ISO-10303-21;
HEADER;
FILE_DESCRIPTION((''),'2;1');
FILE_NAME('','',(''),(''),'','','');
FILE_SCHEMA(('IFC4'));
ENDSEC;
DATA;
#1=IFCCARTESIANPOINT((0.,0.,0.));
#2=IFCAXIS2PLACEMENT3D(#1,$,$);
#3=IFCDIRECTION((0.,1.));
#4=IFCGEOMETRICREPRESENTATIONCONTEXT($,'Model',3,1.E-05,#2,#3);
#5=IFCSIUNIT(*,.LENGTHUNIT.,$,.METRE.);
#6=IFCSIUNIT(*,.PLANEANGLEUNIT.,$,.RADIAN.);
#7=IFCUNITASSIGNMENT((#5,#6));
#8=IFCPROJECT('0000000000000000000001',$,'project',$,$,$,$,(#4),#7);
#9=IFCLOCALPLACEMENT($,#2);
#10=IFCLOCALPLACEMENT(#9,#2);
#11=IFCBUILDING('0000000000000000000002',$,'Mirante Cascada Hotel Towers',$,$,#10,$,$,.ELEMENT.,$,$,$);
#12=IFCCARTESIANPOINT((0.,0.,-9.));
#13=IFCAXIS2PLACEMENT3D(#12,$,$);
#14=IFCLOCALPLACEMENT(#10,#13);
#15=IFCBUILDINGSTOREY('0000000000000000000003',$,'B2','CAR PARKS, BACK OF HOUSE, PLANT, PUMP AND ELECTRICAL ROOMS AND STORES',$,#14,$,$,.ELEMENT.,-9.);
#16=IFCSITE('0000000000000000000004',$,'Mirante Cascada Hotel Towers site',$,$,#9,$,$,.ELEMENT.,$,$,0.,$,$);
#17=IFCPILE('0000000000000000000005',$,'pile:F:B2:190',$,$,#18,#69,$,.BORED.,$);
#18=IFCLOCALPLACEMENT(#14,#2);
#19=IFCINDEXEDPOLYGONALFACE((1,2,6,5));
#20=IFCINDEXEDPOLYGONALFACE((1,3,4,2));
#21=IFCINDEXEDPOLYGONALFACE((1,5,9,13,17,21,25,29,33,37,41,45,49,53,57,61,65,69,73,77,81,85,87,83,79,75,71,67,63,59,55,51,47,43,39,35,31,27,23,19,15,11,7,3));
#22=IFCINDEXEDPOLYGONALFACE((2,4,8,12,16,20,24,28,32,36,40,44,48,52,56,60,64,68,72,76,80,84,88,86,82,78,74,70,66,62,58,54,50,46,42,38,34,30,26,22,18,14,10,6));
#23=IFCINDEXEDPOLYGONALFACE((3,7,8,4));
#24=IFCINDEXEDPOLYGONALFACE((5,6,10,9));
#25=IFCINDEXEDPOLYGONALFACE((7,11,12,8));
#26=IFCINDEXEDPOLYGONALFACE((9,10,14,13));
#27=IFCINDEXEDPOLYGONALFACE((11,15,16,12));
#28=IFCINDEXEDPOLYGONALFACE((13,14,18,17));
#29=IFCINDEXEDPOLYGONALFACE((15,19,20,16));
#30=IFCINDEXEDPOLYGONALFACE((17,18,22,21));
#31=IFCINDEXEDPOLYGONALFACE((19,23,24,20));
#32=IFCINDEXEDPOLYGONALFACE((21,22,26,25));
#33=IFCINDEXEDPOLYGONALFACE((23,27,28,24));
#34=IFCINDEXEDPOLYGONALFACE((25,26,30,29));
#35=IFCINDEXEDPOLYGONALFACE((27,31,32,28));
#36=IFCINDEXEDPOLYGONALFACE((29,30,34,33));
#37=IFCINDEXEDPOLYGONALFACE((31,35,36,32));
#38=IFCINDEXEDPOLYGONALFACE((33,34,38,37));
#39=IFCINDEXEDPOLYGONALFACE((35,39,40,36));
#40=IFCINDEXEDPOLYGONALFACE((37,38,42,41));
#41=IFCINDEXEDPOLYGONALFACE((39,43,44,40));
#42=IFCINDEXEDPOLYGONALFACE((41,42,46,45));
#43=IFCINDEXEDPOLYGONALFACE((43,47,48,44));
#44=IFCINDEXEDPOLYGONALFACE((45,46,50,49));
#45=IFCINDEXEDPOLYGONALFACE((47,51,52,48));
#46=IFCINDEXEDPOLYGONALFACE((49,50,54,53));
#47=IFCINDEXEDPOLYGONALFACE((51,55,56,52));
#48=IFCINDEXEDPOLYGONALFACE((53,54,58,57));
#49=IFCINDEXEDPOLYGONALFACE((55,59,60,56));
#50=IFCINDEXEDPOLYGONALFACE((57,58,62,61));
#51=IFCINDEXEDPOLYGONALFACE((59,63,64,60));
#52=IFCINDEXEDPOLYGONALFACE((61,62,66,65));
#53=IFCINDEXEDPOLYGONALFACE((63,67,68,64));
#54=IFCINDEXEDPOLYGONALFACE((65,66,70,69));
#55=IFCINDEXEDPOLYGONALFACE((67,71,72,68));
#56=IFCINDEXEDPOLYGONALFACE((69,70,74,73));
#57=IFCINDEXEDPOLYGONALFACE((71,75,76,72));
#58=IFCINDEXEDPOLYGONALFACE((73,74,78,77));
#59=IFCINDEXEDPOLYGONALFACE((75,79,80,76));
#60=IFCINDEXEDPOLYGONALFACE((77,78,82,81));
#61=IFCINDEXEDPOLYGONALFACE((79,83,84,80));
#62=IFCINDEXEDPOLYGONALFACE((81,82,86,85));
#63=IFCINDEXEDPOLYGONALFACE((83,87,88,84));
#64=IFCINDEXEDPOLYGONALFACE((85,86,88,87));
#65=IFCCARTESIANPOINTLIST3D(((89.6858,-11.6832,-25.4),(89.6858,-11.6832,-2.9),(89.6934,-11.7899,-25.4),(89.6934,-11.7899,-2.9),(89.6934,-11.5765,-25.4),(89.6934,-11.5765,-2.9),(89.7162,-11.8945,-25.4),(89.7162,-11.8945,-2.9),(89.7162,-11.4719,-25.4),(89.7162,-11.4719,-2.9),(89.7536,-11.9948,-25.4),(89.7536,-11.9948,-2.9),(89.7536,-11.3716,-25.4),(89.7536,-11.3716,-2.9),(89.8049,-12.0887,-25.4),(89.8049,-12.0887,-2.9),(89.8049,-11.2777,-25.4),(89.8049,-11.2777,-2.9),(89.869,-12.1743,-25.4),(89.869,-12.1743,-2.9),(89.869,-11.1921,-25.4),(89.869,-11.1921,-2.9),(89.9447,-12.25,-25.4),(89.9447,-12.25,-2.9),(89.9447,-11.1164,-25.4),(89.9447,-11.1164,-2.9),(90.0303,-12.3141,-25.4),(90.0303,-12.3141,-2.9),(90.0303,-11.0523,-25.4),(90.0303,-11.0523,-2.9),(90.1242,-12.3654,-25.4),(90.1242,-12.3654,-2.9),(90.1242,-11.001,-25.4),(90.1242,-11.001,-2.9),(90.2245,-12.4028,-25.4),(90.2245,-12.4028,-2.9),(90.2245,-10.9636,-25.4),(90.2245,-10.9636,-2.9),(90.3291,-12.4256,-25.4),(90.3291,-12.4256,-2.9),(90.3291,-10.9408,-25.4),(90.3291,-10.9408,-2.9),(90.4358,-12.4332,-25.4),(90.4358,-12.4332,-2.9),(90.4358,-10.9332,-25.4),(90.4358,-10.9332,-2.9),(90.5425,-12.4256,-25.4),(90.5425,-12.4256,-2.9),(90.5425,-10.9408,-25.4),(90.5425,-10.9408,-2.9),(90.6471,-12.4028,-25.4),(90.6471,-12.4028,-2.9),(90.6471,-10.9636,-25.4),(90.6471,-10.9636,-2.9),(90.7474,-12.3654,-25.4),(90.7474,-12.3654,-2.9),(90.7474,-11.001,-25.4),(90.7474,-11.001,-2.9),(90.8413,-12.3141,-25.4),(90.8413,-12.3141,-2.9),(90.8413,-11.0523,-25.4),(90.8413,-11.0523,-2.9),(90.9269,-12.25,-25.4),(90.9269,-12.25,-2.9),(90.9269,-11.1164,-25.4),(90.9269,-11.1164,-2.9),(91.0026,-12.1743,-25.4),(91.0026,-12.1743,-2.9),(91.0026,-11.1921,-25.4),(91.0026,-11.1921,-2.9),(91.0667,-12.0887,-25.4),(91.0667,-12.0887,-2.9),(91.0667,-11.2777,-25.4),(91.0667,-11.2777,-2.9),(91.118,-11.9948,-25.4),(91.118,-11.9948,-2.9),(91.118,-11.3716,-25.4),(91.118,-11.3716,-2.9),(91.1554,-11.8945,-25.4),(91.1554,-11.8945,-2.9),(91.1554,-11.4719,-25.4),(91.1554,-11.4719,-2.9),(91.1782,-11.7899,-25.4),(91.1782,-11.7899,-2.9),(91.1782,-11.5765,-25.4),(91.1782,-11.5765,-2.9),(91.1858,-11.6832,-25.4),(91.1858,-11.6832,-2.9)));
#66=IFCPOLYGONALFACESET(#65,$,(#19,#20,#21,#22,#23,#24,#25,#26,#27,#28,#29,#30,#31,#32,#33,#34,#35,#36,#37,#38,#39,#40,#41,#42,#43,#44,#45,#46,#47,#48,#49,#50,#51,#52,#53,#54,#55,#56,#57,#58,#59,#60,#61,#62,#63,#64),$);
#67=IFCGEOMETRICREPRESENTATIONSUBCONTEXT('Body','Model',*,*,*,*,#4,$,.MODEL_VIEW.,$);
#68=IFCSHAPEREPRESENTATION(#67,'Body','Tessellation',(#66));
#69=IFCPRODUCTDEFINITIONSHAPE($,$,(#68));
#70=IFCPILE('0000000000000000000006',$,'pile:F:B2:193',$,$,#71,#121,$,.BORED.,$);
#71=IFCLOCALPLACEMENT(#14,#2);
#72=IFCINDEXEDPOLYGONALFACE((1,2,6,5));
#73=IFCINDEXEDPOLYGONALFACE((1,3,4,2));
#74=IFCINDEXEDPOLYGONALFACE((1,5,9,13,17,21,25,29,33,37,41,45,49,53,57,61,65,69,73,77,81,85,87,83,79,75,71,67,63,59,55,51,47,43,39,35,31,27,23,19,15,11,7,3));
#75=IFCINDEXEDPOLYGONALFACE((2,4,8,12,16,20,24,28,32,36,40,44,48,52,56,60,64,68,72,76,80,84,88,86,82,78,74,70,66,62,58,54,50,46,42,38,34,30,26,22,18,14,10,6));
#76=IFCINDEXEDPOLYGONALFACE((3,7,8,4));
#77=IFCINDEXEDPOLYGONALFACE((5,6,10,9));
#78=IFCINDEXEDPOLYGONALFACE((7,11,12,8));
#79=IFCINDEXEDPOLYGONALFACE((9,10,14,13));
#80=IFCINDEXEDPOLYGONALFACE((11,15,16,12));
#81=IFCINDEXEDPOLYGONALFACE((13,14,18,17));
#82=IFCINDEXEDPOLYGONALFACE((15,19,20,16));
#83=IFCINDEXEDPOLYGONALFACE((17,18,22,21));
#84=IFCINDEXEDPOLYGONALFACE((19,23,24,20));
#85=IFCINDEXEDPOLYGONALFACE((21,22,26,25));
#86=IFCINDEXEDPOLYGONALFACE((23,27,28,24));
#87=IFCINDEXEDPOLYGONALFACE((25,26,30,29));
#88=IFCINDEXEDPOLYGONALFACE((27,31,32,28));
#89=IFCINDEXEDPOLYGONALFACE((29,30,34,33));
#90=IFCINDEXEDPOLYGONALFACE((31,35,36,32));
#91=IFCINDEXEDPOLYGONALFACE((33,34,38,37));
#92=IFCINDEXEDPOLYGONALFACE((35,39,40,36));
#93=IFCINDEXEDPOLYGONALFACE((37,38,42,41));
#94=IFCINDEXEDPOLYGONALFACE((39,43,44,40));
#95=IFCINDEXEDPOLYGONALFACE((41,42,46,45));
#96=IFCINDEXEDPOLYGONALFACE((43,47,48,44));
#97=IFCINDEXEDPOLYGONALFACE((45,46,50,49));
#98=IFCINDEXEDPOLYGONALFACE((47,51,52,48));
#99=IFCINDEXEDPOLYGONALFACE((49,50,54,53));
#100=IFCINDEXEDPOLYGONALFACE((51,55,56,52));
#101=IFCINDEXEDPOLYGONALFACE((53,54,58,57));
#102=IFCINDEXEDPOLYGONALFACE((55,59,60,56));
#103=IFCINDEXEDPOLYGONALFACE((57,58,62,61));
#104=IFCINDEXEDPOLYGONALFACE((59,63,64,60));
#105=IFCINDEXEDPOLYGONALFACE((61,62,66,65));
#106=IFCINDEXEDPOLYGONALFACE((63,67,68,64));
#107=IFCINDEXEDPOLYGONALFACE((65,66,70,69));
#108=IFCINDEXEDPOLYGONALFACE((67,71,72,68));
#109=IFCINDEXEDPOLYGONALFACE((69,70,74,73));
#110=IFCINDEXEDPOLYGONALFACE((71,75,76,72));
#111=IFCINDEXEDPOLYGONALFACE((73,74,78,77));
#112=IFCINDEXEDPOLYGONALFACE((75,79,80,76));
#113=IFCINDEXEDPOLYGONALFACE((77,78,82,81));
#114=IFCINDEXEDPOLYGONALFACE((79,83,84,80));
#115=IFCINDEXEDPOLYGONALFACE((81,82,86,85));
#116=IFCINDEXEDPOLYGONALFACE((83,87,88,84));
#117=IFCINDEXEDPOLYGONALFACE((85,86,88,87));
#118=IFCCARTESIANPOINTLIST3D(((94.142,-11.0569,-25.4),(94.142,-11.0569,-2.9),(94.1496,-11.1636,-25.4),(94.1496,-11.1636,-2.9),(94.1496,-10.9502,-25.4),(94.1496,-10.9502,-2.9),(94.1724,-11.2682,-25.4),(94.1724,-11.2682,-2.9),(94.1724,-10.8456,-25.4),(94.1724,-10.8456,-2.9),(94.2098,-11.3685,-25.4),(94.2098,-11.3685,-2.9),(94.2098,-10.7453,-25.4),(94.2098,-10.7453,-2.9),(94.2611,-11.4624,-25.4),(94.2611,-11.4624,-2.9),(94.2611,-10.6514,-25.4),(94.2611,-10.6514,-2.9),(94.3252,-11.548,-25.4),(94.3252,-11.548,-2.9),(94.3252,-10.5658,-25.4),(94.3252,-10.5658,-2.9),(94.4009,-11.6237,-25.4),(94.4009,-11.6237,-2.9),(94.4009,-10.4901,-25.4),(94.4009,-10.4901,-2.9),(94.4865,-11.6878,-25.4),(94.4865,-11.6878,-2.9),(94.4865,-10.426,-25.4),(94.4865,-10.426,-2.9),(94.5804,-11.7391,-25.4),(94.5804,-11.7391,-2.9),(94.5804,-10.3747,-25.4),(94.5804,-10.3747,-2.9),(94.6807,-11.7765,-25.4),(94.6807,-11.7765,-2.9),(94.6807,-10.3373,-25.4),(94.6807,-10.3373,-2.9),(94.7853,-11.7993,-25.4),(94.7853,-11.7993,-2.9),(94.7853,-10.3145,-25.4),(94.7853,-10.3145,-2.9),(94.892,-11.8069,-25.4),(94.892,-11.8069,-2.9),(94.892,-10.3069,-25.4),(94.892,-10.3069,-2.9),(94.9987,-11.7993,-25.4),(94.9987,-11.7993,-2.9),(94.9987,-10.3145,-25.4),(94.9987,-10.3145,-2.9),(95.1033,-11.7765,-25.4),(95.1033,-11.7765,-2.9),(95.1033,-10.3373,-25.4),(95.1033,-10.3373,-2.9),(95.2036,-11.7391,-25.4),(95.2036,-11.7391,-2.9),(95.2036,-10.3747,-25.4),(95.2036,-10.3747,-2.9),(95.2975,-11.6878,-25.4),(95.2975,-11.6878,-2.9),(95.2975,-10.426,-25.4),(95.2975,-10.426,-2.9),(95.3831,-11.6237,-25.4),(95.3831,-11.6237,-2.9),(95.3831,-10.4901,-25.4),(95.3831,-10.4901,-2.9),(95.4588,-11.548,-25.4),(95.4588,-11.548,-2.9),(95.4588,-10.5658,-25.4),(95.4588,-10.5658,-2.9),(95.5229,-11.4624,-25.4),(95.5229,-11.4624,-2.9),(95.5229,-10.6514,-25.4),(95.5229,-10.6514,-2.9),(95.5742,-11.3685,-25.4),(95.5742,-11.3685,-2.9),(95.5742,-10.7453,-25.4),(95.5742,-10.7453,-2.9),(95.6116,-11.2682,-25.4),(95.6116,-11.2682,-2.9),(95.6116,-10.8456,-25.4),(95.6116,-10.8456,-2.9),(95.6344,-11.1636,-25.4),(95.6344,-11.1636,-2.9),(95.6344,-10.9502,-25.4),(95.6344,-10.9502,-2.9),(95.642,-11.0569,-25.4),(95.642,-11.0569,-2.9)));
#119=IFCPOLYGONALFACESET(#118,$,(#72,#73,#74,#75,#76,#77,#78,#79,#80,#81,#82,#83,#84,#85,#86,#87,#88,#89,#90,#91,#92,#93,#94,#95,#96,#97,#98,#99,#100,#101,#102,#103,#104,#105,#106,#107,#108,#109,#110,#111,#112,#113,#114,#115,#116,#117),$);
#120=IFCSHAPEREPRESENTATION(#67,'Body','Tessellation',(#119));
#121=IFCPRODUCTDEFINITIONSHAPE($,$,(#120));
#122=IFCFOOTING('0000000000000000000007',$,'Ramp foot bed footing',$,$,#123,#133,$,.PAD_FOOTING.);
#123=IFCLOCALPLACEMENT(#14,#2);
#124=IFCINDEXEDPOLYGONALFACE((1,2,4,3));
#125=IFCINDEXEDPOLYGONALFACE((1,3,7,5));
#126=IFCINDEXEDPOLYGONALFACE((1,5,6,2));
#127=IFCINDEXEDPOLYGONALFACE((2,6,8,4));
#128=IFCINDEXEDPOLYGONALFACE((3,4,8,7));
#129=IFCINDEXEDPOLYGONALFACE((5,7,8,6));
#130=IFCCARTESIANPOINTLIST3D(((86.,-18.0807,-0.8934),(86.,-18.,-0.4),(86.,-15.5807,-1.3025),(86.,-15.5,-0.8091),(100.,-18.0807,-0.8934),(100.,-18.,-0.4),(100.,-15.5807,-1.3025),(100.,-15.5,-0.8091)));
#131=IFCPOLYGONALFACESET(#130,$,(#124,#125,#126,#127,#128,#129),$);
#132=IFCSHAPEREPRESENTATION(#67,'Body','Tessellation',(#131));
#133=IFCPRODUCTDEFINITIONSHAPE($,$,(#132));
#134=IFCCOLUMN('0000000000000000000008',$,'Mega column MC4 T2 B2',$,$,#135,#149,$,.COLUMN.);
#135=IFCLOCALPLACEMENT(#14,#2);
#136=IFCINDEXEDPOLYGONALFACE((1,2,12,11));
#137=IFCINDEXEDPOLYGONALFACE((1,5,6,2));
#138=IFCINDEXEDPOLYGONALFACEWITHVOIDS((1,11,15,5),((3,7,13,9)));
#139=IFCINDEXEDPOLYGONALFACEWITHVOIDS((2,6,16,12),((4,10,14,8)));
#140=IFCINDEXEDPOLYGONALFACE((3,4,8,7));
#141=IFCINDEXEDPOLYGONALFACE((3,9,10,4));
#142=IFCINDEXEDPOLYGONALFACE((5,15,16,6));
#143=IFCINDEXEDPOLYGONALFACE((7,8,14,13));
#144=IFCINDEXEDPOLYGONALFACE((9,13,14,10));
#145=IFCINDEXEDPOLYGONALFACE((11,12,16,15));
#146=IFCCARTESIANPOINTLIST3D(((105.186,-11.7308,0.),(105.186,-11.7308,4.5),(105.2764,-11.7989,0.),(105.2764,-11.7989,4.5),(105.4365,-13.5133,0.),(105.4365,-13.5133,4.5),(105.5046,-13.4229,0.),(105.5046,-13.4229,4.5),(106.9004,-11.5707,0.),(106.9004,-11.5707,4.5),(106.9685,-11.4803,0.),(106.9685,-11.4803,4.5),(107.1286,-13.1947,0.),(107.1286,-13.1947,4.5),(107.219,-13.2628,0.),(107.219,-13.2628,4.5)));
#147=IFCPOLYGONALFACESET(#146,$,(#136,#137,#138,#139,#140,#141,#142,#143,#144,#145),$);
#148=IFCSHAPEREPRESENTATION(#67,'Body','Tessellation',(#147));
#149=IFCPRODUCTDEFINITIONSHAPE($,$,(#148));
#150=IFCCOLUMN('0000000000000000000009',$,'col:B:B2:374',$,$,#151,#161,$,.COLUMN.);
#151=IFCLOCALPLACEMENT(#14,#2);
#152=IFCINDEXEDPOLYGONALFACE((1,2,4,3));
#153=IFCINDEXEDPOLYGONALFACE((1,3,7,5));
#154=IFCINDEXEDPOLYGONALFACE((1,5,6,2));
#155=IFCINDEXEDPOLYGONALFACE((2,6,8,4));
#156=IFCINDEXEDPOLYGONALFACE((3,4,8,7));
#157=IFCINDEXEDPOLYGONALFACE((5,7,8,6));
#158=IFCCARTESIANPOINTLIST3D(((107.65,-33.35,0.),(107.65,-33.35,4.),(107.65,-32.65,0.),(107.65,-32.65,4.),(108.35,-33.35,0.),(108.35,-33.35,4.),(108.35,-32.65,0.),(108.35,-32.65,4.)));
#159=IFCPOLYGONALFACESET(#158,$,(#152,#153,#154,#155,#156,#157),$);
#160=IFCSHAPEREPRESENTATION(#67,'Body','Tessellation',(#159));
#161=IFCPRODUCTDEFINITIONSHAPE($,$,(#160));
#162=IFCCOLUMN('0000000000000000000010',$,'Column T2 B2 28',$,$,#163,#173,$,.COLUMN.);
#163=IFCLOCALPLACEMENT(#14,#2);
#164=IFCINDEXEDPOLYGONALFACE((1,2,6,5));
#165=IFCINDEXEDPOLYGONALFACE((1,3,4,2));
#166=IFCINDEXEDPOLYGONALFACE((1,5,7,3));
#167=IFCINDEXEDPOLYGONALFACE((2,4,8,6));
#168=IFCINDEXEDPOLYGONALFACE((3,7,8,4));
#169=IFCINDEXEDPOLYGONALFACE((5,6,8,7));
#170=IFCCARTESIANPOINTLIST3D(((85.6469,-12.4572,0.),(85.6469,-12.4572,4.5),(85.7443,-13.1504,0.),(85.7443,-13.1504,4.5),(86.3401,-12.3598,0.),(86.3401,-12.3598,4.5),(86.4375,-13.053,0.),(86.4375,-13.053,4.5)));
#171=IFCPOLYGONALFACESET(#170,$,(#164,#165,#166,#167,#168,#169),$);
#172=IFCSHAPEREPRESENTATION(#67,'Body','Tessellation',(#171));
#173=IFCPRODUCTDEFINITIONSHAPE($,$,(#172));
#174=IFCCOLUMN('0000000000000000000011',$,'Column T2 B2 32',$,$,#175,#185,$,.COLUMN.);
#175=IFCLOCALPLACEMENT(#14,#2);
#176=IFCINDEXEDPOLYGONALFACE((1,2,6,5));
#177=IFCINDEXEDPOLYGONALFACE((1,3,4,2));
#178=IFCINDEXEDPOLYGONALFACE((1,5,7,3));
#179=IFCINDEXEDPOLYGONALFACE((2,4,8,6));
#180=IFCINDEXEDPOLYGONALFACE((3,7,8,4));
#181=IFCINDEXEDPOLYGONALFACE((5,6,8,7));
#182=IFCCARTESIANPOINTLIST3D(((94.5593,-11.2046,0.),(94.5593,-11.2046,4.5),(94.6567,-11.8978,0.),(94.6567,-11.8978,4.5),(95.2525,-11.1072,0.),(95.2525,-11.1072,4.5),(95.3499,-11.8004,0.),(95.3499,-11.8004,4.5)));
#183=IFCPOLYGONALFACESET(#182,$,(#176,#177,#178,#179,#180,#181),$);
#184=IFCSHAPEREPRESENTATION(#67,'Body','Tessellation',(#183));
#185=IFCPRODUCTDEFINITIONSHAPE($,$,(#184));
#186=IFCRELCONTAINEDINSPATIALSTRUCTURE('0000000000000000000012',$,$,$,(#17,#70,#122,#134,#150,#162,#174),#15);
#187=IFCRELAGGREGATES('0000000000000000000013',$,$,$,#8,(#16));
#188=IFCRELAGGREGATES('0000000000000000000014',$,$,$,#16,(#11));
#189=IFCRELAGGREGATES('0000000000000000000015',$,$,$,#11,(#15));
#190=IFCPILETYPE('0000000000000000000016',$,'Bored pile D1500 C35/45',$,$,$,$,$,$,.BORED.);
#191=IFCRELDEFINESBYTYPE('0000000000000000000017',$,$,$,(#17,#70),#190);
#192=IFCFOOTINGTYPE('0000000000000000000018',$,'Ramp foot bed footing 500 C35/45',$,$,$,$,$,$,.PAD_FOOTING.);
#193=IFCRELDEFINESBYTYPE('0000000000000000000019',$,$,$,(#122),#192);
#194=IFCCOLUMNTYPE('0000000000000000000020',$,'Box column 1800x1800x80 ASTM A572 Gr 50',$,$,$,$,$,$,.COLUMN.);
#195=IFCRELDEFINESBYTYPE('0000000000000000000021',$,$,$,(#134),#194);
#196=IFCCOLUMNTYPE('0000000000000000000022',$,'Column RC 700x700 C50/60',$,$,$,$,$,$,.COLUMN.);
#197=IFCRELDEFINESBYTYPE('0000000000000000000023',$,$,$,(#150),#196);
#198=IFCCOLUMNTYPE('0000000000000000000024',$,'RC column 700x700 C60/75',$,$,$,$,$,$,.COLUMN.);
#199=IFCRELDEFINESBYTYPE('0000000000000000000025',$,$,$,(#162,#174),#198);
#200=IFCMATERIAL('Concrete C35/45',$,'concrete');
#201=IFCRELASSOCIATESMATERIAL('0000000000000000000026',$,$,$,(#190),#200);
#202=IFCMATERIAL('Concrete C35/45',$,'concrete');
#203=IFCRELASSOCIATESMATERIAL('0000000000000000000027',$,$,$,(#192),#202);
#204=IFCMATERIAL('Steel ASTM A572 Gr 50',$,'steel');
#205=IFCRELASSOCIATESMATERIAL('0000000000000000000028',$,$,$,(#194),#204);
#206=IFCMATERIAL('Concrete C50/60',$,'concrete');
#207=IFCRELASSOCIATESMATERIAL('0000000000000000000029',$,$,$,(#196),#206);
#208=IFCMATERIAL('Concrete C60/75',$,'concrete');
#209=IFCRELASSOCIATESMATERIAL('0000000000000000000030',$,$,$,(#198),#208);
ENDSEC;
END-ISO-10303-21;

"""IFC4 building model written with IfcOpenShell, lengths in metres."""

from ifc_helpers import new_model, si_unit, direction, frame, origin, origin_2d, place, context, subcontext, project, spatial, polyline, rectangle, hollow_rectangle, circle, outline, extrude, material, material_profile, profile_set, type_object, element, save


model = new_model("IFC4")

# Units and contexts
model_context = context("Model", 3, precision=1e-05, world=origin(), true_north=direction((0.0, 1.0)))
body_context = subcontext(model_context, "Body", "Model", "MODEL_VIEW")
ifc_project = project(units=[si_unit("LENGTHUNIT", "METRE"), si_unit("PLANEANGLEUNIT", "RADIAN")], contexts=[model_context])

# Site, building, storey
site_placement = place(None, origin())
site = spatial("IfcSite", under=ifc_project, at=site_placement, Name="Mirante Cascada Hotel Towers site", CompositionType="ELEMENT", RefElevation=0.0)
building_placement = place(site_placement, origin())
building = spatial("IfcBuilding", under=site, at=building_placement, Name="Mirante Cascada Hotel Towers", CompositionType="ELEMENT")
storey_placement = place(building_placement, frame((0.0, 0.0, -9.0)))
storey = spatial("IfcBuildingStorey", under=building, at=storey_placement, Name="B2", Description="CAR PARKS, BACK OF HOUSE, PLANT, PUMP AND ELECTRICAL ROOMS AND STORES", CompositionType="ELEMENT", Elevation=-9.0)

# Piles
ifc_material_1 = material(Name="Concrete C35/45", Category="concrete")
ifc_material_profile_1 = material_profile(ifc_material_1, circle(Radius=0.75, at=origin_2d()), Name="RC D1500")
ifc_profile_set_1 = profile_set([ifc_material_profile_1], Name="Concrete C35/45")
pile_type = type_object("IfcPileType", Name="Bored pile D1500 C35/45", PredefinedType="BORED", material=ifc_profile_set_1)
for number, where, z_axis, x_axis, name in (
    (1, (90.4358, -11.6832, -2.9), (0.0, 0.0, -1.0), (1.0, 0.0, 0.0), "pile:F:B2:190"),
    (2, (94.892, -11.0569, -2.9), (0.0, 0.0, -1.0), (1.0, 0.0, 0.0), "pile:F:B2:193"),
):
    element("IfcPile", number, at=place(storey_placement, frame(where, z_axis=z_axis, x_axis=x_axis)), inside=storey, type_object=pile_type, Name=name, PredefinedType="BORED", context=body_context, shape_type="SweptSolid", body=[
        extrude(circle(Radius=0.75, at=origin_2d()), origin(), (0.0, 0.0, 1.0), 22.5),
    ])

# Footing
ifc_material_2 = material(Name="Concrete C35/45", Category="concrete")
footing_type = type_object("IfcFootingType", Name="Ramp foot bed footing 500 C35/45", PredefinedType="PAD_FOOTING", material=ifc_material_2)
footing_placement = place(storey_placement, frame((86.0, -18.0, -0.4), z_axis=(0.0, 0.161492, 0.986874), x_axis=(1.0, 0.0, 0.0)))
element("IfcFooting", 3, at=footing_placement, inside=storey, type_object=footing_type, Name="Ramp foot bed footing", PredefinedType="PAD_FOOTING", context=body_context, shape_type="SweptSolid", body=[
    extrude(outline(polyline([(0.0, 0.0), (14.0, 0.0), (14.0, 2.5333), (0.0, 2.5333), (0.0, 0.0)])), origin(), (0.0, 0.0, -1.0), 0.5),
])

# Columns
ifc_material_3 = material(Name="Steel ASTM A572 Gr 50", Category="steel")
ifc_material_profile_2 = material_profile(ifc_material_3, hollow_rectangle(XDim=1.8, YDim=1.8, WallThickness=0.08, at=origin_2d()), Name="Box column 1800x1800x80 ASTM A572 Gr 50")
ifc_profile_set_2 = profile_set([ifc_material_profile_2], Name="Steel ASTM A572 Gr 50")
column_type_1 = type_object("IfcColumnType", Name="Box column 1800x1800x80 ASTM A572 Gr 50", PredefinedType="COLUMN", material=ifc_profile_set_2)
column_1_placement = place(storey_placement, frame((106.2025, -12.4968, 0.0), z_axis=(0.0, 0.0, 1.0), x_axis=(0.990268, 0.139173, 0.0)))
element("IfcColumn", 4, at=column_1_placement, inside=storey, type_object=column_type_1, Name="Mega column MC4 T2 B2", PredefinedType="COLUMN", context=body_context, shape_type="SweptSolid", body=[
    extrude(hollow_rectangle(XDim=1.8, YDim=1.8, WallThickness=0.08, at=origin_2d()), origin(), (0.0, 0.0, 1.0), 4.5),
])
ifc_material_4 = material(Name="Concrete C50/60", Category="concrete")
ifc_material_profile_3 = material_profile(ifc_material_4, rectangle(XDim=0.7, YDim=0.7, at=origin_2d()), Name="RC 700x700")
ifc_profile_set_3 = profile_set([ifc_material_profile_3], Name="Concrete C50/60")
column_type_2 = type_object("IfcColumnType", Name="Column RC 700x700 C50/60", PredefinedType="COLUMN", material=ifc_profile_set_3)
column_2_placement = place(storey_placement, frame((108.0, -33.0, 0.0), z_axis=(0.0, 0.0, 1.0), x_axis=(1.0, 0.0, 0.0)))
element("IfcColumn", 5, at=column_2_placement, inside=storey, type_object=column_type_2, Name="col:B:B2:374", PredefinedType="COLUMN", context=body_context, shape_type="SweptSolid", body=[
    extrude(rectangle(XDim=0.7, YDim=0.7, at=origin_2d()), origin(), (0.0, 0.0, 1.0), 4.0),
])
ifc_material_5 = material(Name="Concrete C60/75", Category="concrete")
ifc_material_profile_4 = material_profile(ifc_material_5, rectangle(XDim=0.7, YDim=0.7, at=origin_2d()), Name="RC column 700x700 C60/75")
ifc_profile_set_4 = profile_set([ifc_material_profile_4], Name="Concrete C60/75")
column_type_3 = type_object("IfcColumnType", Name="RC column 700x700 C60/75", PredefinedType="COLUMN", material=ifc_profile_set_4)
for number, where, z_axis, x_axis, name in (
    (6, (86.0422, -12.7551, 0.0), (0.0, 0.0, 1.0), (0.990268, 0.139173, 0.0), "Column T2 B2 28"),
    (7, (94.9546, -11.5025, 0.0), (0.0, 0.0, 1.0), (0.990268, 0.139173, 0.0), "Column T2 B2 32"),
):
    element("IfcColumn", number, at=place(storey_placement, frame(where, z_axis=z_axis, x_axis=x_axis)), inside=storey, type_object=column_type_3, Name=name, PredefinedType="COLUMN", context=body_context, shape_type="SweptSolid", body=[
        extrude(rectangle(XDim=0.7, YDim=0.7, at=origin_2d()), origin(), (0.0, 0.0, 1.0), 4.5),
    ])

save(model, "model.ifc")
